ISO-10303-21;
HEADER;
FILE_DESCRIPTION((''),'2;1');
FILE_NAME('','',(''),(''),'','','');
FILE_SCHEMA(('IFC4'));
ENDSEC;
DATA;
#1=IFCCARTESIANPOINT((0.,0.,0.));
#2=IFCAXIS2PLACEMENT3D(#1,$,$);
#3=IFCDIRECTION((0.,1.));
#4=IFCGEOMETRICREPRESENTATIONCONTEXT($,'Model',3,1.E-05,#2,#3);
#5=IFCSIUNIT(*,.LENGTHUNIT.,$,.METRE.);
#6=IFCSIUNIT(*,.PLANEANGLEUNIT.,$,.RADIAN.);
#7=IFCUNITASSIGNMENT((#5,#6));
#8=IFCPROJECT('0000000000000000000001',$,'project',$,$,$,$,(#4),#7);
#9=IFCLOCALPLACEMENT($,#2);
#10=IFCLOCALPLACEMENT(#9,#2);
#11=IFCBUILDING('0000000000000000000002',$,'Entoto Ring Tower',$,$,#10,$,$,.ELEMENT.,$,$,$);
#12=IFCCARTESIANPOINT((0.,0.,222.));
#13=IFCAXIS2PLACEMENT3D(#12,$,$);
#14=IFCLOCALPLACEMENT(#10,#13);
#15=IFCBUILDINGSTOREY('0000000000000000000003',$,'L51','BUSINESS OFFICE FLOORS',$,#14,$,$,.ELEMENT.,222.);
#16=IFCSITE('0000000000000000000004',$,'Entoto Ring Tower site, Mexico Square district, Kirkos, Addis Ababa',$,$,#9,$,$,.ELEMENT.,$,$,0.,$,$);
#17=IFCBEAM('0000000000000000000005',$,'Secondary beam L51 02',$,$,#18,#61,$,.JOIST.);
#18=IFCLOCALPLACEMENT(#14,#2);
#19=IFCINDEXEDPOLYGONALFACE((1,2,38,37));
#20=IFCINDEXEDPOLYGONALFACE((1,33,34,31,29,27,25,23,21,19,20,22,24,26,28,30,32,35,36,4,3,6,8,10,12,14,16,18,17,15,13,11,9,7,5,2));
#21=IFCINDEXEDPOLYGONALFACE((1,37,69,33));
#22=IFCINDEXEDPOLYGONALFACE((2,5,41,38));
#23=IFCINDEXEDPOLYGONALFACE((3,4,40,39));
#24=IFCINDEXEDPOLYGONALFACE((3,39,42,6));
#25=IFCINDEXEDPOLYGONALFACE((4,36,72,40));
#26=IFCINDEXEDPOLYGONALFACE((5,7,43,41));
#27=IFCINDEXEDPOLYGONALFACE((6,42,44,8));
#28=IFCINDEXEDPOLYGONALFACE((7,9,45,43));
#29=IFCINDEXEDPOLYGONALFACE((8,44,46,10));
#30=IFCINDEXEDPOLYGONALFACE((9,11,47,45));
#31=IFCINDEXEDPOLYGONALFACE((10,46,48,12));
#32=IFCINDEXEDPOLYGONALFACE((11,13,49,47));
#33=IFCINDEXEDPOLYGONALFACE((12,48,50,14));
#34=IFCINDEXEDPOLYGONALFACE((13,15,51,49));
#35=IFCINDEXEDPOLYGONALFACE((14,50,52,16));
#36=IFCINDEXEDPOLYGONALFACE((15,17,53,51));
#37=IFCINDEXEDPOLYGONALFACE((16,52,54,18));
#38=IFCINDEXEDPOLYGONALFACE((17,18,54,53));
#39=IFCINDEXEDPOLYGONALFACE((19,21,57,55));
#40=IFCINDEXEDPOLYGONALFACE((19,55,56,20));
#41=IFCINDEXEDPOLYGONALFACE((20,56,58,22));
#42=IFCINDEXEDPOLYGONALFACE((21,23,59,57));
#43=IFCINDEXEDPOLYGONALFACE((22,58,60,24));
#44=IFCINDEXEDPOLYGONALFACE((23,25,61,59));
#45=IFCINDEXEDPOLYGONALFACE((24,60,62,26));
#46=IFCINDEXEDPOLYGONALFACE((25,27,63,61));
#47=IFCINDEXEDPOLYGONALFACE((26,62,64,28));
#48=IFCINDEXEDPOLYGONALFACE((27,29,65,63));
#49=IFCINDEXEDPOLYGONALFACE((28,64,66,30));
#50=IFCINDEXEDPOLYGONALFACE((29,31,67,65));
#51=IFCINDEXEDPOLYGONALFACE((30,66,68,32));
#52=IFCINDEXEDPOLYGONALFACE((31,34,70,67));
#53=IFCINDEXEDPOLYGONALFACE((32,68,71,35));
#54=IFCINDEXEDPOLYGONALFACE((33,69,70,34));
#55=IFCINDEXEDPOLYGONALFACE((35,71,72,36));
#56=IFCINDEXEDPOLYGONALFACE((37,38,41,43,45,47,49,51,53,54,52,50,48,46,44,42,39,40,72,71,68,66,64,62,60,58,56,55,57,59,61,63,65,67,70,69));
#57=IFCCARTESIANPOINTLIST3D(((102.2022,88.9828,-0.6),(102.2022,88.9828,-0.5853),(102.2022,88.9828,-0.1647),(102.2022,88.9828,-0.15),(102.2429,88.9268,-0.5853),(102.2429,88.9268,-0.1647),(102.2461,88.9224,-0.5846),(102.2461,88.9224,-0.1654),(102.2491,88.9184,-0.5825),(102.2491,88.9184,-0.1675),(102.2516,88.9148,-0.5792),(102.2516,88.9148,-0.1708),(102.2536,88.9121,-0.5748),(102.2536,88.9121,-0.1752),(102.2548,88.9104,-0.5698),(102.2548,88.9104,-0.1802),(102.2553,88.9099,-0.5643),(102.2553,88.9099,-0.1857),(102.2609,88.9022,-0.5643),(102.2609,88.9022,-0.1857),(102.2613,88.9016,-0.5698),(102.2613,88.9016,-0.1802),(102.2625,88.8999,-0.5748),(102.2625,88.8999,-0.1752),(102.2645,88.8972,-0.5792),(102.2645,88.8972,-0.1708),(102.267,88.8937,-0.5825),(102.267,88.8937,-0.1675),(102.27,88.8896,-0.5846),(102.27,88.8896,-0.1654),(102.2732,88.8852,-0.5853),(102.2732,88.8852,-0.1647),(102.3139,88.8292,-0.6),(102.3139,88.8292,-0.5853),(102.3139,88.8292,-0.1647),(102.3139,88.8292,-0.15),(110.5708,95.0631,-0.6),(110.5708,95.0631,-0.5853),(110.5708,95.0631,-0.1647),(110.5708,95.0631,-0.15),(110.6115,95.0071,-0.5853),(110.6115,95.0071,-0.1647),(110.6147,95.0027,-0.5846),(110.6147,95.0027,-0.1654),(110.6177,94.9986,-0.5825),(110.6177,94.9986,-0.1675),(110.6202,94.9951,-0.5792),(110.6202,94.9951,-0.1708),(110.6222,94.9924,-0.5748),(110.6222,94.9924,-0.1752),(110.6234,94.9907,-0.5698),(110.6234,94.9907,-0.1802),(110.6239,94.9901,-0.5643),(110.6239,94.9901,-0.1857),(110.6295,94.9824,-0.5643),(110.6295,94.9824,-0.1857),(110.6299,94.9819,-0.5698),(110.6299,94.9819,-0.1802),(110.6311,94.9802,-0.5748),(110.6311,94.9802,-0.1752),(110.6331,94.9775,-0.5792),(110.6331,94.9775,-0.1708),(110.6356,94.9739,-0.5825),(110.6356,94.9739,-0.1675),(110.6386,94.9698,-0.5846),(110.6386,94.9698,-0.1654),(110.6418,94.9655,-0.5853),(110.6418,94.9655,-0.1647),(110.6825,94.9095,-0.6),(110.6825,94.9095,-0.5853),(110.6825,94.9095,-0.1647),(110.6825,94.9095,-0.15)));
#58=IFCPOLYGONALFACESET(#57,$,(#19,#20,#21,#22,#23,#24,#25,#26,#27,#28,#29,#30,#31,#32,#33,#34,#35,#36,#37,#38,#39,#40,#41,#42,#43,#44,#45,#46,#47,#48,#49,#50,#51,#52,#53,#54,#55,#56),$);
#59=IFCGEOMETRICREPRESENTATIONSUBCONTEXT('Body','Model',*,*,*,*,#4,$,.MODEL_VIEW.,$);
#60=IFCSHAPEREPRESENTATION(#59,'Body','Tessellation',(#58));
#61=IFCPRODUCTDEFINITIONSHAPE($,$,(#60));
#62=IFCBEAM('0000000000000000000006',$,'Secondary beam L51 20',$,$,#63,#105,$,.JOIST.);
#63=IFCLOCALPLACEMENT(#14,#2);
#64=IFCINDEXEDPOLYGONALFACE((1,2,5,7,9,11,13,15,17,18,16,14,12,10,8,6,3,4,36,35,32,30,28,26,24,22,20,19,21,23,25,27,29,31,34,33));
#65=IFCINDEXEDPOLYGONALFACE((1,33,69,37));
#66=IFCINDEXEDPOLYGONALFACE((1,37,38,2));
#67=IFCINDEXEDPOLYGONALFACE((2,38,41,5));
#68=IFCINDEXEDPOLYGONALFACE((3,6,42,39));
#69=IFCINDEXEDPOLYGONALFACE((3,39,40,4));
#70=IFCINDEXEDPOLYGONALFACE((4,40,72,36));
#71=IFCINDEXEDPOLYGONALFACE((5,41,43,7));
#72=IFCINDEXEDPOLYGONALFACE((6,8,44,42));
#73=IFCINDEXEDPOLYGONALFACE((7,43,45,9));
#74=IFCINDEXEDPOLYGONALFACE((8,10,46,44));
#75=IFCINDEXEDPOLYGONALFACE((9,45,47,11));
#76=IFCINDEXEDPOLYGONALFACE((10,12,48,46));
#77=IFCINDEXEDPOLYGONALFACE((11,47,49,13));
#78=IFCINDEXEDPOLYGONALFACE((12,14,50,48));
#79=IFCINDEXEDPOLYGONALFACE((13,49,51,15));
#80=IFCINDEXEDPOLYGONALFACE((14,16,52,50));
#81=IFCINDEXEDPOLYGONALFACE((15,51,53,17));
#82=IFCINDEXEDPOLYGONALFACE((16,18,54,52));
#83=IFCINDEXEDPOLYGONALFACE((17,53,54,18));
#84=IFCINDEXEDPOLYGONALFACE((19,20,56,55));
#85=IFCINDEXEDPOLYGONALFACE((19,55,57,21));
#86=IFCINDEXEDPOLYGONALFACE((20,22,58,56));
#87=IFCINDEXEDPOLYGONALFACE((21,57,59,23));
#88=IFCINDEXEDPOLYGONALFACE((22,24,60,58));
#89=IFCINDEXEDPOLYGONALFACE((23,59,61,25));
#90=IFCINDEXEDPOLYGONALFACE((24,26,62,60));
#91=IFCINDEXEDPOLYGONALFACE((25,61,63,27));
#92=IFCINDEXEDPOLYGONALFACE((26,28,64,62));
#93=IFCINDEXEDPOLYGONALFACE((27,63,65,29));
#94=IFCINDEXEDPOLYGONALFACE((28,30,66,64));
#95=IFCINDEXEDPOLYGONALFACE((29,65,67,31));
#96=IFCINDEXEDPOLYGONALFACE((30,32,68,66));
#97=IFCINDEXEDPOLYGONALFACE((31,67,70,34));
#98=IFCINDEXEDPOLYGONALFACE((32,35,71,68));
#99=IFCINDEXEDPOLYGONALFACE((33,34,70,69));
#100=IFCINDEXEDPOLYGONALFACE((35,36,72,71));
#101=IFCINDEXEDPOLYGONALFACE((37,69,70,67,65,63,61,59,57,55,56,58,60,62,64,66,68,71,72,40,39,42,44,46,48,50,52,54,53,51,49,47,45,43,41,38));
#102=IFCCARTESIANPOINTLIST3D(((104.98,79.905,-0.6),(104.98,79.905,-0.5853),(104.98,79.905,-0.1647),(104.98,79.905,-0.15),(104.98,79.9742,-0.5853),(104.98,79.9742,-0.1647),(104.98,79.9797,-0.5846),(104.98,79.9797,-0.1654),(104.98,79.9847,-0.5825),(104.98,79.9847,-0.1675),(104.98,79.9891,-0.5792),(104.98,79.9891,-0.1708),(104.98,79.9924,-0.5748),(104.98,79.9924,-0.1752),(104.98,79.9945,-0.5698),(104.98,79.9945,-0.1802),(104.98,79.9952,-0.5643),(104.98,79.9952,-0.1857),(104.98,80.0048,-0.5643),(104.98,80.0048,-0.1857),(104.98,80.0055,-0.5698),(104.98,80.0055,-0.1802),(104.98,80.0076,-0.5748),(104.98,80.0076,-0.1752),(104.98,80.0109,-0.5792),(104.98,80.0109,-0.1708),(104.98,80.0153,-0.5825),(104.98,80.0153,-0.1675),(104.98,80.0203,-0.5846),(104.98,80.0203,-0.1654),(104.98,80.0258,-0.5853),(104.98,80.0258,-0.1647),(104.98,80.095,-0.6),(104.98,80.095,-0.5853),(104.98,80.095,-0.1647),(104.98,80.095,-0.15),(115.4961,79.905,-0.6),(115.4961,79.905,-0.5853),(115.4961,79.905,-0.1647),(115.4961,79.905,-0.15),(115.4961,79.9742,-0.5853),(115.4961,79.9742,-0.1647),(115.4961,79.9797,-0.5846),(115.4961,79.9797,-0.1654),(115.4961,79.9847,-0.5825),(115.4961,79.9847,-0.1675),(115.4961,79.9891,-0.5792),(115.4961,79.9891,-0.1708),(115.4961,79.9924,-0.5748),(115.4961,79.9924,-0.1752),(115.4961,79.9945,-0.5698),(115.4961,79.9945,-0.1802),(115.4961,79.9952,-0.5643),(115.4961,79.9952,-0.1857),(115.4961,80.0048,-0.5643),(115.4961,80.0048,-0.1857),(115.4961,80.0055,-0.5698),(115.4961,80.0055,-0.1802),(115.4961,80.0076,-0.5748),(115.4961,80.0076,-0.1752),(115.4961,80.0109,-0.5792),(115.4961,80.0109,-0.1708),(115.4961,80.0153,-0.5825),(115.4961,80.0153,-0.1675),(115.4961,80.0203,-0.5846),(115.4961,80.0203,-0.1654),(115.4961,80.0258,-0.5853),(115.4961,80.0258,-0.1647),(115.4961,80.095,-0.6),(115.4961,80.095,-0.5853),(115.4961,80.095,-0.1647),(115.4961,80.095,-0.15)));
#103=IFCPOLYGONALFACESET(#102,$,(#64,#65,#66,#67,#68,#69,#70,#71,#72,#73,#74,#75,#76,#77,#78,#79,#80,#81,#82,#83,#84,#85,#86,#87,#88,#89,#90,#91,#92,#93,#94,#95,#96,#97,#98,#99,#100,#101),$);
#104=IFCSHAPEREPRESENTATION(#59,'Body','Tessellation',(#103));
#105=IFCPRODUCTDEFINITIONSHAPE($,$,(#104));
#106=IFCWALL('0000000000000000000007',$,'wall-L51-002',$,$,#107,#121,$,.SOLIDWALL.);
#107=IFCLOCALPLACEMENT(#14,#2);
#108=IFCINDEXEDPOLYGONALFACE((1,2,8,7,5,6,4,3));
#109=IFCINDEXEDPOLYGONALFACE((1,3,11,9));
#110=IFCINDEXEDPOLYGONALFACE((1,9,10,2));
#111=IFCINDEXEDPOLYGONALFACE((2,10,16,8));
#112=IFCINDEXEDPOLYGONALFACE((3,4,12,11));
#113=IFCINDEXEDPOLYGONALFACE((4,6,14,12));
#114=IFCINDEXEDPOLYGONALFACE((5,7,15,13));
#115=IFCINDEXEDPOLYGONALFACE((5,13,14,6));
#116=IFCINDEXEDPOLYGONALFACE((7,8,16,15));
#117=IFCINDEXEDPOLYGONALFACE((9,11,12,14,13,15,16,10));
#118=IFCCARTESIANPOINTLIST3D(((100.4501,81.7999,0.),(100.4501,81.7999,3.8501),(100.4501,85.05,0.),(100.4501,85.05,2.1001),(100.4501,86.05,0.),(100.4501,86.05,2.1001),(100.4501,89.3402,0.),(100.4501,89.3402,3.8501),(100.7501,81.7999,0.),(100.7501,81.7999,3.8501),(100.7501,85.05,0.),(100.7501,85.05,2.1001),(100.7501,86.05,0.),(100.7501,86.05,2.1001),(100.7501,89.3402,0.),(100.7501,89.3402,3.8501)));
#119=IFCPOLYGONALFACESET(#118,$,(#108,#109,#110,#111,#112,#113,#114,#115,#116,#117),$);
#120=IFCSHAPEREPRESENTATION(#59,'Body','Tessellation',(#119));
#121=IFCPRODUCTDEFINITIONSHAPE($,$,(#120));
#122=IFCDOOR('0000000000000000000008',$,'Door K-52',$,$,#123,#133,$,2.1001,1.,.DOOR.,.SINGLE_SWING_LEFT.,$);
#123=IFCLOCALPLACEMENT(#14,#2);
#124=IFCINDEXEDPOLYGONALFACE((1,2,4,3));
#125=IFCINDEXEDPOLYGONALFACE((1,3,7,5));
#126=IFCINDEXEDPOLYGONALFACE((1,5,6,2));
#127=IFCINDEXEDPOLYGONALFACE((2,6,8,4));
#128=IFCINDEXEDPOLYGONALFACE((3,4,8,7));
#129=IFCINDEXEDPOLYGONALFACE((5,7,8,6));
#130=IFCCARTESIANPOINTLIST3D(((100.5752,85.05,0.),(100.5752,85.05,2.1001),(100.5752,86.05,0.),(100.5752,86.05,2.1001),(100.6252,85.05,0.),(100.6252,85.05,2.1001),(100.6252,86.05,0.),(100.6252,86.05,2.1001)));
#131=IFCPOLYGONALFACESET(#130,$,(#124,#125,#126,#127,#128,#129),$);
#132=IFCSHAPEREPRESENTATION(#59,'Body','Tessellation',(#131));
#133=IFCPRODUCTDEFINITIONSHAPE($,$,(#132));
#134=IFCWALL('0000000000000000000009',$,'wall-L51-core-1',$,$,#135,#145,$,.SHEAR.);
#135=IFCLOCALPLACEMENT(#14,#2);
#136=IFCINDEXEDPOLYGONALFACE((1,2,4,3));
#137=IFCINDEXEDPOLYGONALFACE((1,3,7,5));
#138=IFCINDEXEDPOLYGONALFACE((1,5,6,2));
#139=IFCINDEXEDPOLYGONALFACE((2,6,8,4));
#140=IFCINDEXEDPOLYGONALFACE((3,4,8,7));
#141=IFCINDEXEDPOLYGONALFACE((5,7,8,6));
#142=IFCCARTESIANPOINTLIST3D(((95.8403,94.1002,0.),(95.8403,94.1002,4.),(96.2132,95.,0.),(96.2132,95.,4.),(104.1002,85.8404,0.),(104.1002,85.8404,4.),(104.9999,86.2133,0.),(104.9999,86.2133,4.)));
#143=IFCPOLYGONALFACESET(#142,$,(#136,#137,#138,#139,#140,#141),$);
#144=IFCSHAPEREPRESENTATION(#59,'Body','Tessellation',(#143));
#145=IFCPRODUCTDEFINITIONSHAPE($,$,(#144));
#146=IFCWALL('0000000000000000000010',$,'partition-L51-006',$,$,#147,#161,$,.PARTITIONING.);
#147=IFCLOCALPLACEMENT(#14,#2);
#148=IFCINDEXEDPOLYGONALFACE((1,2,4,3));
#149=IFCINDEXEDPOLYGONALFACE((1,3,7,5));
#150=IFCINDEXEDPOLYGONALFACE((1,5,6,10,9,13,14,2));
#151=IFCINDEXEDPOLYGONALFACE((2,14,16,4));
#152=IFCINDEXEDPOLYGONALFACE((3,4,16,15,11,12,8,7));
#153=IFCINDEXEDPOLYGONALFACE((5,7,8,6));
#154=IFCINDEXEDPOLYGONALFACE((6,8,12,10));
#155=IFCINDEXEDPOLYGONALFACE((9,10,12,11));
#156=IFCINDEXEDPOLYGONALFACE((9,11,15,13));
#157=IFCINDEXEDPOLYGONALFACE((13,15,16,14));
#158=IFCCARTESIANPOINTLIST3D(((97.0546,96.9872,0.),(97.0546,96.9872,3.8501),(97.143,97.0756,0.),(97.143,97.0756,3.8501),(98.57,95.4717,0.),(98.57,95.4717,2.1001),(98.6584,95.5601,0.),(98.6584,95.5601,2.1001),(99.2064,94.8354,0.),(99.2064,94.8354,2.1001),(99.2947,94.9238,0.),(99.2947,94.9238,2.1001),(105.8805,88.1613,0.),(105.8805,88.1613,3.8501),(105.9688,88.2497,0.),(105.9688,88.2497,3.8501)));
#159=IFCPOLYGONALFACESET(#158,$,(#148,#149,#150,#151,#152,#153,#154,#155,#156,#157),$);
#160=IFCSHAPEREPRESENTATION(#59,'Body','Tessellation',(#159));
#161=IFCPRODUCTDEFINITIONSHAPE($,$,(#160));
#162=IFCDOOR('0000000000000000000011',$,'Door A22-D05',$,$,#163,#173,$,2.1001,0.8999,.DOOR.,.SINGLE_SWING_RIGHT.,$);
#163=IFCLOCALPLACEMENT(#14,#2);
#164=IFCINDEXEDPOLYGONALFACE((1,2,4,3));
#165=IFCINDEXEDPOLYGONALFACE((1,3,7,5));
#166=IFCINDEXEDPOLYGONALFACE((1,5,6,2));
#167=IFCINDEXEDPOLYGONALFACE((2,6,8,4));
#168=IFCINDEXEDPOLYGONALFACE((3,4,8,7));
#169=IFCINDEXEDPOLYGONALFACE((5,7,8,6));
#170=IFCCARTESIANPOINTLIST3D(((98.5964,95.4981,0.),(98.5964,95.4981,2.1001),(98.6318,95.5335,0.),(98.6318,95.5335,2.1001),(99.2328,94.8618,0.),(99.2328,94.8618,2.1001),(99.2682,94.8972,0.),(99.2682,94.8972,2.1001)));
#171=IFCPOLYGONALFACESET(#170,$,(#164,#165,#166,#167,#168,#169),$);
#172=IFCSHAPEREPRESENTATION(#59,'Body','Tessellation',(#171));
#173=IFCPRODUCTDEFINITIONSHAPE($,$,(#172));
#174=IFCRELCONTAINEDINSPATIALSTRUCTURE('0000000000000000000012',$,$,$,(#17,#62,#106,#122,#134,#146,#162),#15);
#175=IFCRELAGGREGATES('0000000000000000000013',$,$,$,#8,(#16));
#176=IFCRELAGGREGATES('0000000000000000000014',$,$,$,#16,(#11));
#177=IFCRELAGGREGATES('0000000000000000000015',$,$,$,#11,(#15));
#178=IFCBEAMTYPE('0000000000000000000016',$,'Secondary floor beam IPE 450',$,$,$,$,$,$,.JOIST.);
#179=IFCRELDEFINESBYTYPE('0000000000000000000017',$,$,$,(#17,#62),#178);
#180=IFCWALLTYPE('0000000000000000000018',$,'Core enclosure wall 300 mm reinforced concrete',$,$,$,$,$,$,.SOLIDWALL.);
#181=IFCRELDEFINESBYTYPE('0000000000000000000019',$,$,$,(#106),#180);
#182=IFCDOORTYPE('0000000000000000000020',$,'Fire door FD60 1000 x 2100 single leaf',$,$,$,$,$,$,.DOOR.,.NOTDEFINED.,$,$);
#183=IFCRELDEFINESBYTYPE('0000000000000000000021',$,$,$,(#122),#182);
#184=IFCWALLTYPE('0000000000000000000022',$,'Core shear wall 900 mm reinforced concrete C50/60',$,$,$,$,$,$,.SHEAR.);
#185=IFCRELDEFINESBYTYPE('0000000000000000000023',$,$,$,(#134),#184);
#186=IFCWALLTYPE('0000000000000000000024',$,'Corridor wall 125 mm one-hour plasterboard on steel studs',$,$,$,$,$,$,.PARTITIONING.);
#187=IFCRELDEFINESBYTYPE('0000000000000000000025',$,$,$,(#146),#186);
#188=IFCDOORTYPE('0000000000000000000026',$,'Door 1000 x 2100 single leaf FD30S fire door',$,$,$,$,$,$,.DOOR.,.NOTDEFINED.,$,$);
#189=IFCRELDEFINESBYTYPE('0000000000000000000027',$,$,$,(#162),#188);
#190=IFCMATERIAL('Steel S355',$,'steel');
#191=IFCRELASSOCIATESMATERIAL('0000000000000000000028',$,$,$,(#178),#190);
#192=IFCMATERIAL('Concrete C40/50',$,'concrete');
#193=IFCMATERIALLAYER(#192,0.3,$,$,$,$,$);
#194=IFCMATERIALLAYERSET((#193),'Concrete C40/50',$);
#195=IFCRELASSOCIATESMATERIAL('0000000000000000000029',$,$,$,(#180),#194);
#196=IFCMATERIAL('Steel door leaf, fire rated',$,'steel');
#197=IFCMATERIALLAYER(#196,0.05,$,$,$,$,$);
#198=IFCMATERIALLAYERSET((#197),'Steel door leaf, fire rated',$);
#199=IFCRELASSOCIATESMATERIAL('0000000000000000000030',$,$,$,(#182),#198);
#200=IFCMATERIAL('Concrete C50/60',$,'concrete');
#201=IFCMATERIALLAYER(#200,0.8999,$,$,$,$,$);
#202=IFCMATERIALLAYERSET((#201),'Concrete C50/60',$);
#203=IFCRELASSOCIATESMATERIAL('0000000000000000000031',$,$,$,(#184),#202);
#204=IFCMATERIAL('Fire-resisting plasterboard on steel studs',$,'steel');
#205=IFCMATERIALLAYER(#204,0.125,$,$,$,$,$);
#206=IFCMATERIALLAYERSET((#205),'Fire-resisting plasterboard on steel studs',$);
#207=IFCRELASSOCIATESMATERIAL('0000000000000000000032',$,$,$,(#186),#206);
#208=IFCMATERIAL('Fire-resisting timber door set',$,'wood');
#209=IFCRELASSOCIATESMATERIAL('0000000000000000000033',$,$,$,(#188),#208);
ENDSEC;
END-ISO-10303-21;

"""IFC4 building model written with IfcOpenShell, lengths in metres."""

from ifc_helpers import new_model, si_unit, direction, frame, frame_2d, origin, origin_2d, place, context, subcontext, project, spatial, polyline, rectangle, i_section, outline, extrude, material, layer, layer_set, material_profile, profile_set, type_object, element, fill, save


model = new_model("IFC4")

# Units and contexts
model_context = context("Model", 3, precision=1e-05, world=origin(), true_north=direction((0.0, 1.0)))
body_context = subcontext(model_context, "Body", "Model", "MODEL_VIEW")
ifc_project = project(units=[si_unit("LENGTHUNIT", "METRE"), si_unit("PLANEANGLEUNIT", "RADIAN")], contexts=[model_context])

# Site, building, storey
site_placement = place(None, origin())
site = spatial("IfcSite", under=ifc_project, at=site_placement, Name="Entoto Ring Tower site, Mexico Square district, Kirkos, Addis Ababa", CompositionType="ELEMENT", RefElevation=0.0)
building_placement = place(site_placement, origin())
building = spatial("IfcBuilding", under=site, at=building_placement, Name="Entoto Ring Tower", CompositionType="ELEMENT")
storey_placement = place(building_placement, frame((0.0, 0.0, 222.0)))
storey = spatial("IfcBuildingStorey", under=building, at=storey_placement, Name="L51", Description="BUSINESS OFFICE FLOORS", CompositionType="ELEMENT", Elevation=222.0)

# Beams
ifc_material_1 = material(Name="Steel S355", Category="steel")
ifc_material_profile_1 = material_profile(ifc_material_1, i_section(OverallWidth=0.1899, OverallDepth=0.45, WebThickness=0.0095, FlangeThickness=0.0146, FilletRadius=0.021, at=origin_2d()), Name="IPE 450")
ifc_profile_set_1 = profile_set([ifc_material_profile_1], Name="Steel S355")
beam_type_1 = type_object("IfcBeamType", Name="Secondary floor beam IPE 450", PredefinedType="JOIST", material=ifc_profile_set_1)
beam_1_placement = place(storey_placement, frame((102.2581, 88.906, -0.375), z_axis=(0.809011, 0.587794, 0.0), x_axis=(-0.587794, 0.809011, 0.0)))
element("IfcBeam", 1, at=beam_1_placement, inside=storey, type_object=beam_type_1, Name="Secondary beam L51 02", PredefinedType="JOIST", context=body_context, shape_type="SweptSolid", body=[
    extrude(i_section(OverallWidth=0.1899, OverallDepth=0.45, WebThickness=0.0095, FlangeThickness=0.0146, FilletRadius=0.021, at=origin_2d()), origin(), (0.0, 0.0, 1.0), 10.3442),
])
beam_2_placement = place(storey_placement, frame((104.98, 80.0, -0.375), z_axis=(1.0, 0.0, 0.0), x_axis=(0.0, 1.0, 0.0)))
element("IfcBeam", 2, at=beam_2_placement, inside=storey, type_object=beam_type_1, Name="Secondary beam L51 20", PredefinedType="JOIST", context=body_context, shape_type="SweptSolid", body=[
    extrude(i_section(OverallWidth=0.1899, OverallDepth=0.45, WebThickness=0.0095, FlangeThickness=0.0146, FilletRadius=0.021, at=origin_2d()), origin(), (0.0, 0.0, 1.0), 10.5161),
])

# Wall, opening, door
ifc_material_2 = material(Name="Concrete C40/50", Category="concrete")
ifc_layer_1 = layer(ifc_material_2, 0.3)
ifc_layer_set_1 = layer_set([ifc_layer_1], Name="Concrete C40/50")
wall_type_1 = type_object("IfcWallType", Name="Core enclosure wall 300 mm reinforced concrete", PredefinedType="SOLIDWALL", material=ifc_layer_set_1)
wall_1_placement = place(storey_placement, frame((100.6001, 81.8, 0.0), z_axis=(0.0, 0.0, 1.0), x_axis=(0.0, 1.0, 0.0)))
wall_1 = element("IfcWall", 3, at=wall_1_placement, inside=storey, type_object=wall_type_1, Name="wall-L51-002", PredefinedType="SOLIDWALL", context=body_context, shape_type="SweptSolid", body=[
    extrude(rectangle(XDim=7.5403, YDim=0.3, at=frame_2d((3.77, 0.0))), origin(), (0.0, 0.0, 1.0), 3.8501),
])
opening_1_placement = place(wall_1_placement, frame((3.25, 0.0, 0.0)))
opening_1 = element("IfcOpeningElement", 4, at=opening_1_placement, cuts=wall_1, PredefinedType="OPENING", context=body_context, shape_type="SweptSolid", body=[
    extrude(rectangle(XDim=1.0, YDim=2.1001, at=frame_2d((0.5, 1.05))), frame((0.0, 0.1602, 0.0), z_axis=(0.0, -1.0, 0.0), x_axis=(1.0, 0.0, 0.0)), (0.0, 0.0, 1.0), 0.3201),
])
ifc_material_3 = material(Name="Steel door leaf, fire rated", Category="steel")
ifc_layer_2 = layer(ifc_material_3, 0.05)
ifc_layer_set_2 = layer_set([ifc_layer_2], Name="Steel door leaf, fire rated")
door_type_1 = type_object("IfcDoorType", Name="Fire door FD60 1000 x 2100 single leaf", OperationType="NOTDEFINED", PredefinedType="DOOR", material=ifc_layer_set_2)
door_1_placement = place(opening_1_placement, origin())
door_1 = element("IfcDoor", 5, at=door_1_placement, inside=storey, type_object=door_type_1, Name="Door K-52", OperationType="SINGLE_SWING_LEFT", OverallHeight=2.1001, OverallWidth=1.0, PredefinedType="DOOR", context=body_context, shape_type="SweptSolid", body=[
    extrude(rectangle(XDim=1.0, YDim=2.1001, at=frame_2d((0.5, 1.05))), frame((0.0, 0.0249, 0.0), z_axis=(0.0, -1.0, 0.0), x_axis=(1.0, 0.0, 0.0)), (0.0, 0.0, 1.0), 0.05),
])
fill(opening_1, door_1)

# Wall
ifc_material_4 = material(Name="Concrete C50/60", Category="concrete")
ifc_layer_3 = layer(ifc_material_4, 0.8999)
ifc_layer_set_3 = layer_set([ifc_layer_3], Name="Concrete C50/60")
wall_type_2 = type_object("IfcWallType", Name="Core shear wall 900 mm reinforced concrete C50/60", PredefinedType="SHEAR", material=ifc_layer_set_3)
wall_2_placement = place(storey_placement, frame((104.55, 86.0269, 0.0), z_axis=(0.0, 0.0, 1.0), x_axis=(-0.707107, 0.707107, 0.0)))
element("IfcWall", 6, at=wall_2_placement, inside=storey, type_object=wall_type_2, Name="wall-L51-core-1", PredefinedType="SHEAR", context=body_context, shape_type="SweptSolid", body=[
    extrude(outline(polyline([(-0.1863, -0.45), (12.24, -0.45), (11.8674, 0.45), (0.1863, 0.45), (-0.1863, -0.45)])), origin(), (0.0, 0.0, 1.0), 4.0),
])

# Wall, opening, door
ifc_material_5 = material(Name="Fire-resisting plasterboard on steel studs", Category="steel")
ifc_layer_4 = layer(ifc_material_5, 0.125)
ifc_layer_set_4 = layer_set([ifc_layer_4], Name="Fire-resisting plasterboard on steel studs")
wall_type_3 = type_object("IfcWallType", Name="Corridor wall 125 mm one-hour plasterboard on steel studs", PredefinedType="PARTITIONING", material=ifc_layer_set_4)
wall_3_placement = place(storey_placement, frame((105.9246, 88.2056, 0.0), z_axis=(0.0, 0.0, 1.0), x_axis=(-0.707107, 0.707107, 0.0)))
wall_3 = element("IfcWall", 7, at=wall_3_placement, inside=storey, type_object=wall_type_3, Name="partition-L51-006", PredefinedType="PARTITIONING", context=body_context, shape_type="SweptSolid", body=[
    extrude(rectangle(XDim=12.4817, YDim=0.125, at=frame_2d((6.2407, 0.0))), origin(), (0.0, 0.0, 1.0), 3.8501),
])
opening_2_placement = place(wall_3_placement, frame((9.4385, 0.0, 0.0)))
opening_2 = element("IfcOpeningElement", 8, at=opening_2_placement, cuts=wall_3, PredefinedType="OPENING", context=body_context, shape_type="SweptSolid", body=[
    extrude(rectangle(XDim=0.8999, YDim=2.1001, at=frame_2d((0.45, 1.05))), frame((0.0, 0.0725, 0.0), z_axis=(0.0, -1.0, 0.0), x_axis=(1.0, 0.0, 0.0)), (0.0, 0.0, 1.0), 0.145),
])
ifc_material_6 = material(Name="Fire-resisting timber door set", Category="wood")
door_type_2 = type_object("IfcDoorType", Name="Door 1000 x 2100 single leaf FD30S fire door", OperationType="NOTDEFINED", PredefinedType="DOOR", material=ifc_material_6)
door_2_placement = place(opening_2_placement, frame((0.8999, 0.0, 0.0), z_axis=(0.0, 0.0, 1.0), x_axis=(-1.0, 0.0, 0.0)))
door_2 = element("IfcDoor", 9, at=door_2_placement, inside=storey, type_object=door_type_2, Name="Door A22-D05", OperationType="SINGLE_SWING_RIGHT", OverallHeight=2.1001, OverallWidth=0.8999, PredefinedType="DOOR", context=body_context, shape_type="SweptSolid", body=[
    extrude(rectangle(XDim=0.8999, YDim=2.1001, at=frame_2d((0.45, 1.05))), frame((0.0, 0.0249, 0.0), z_axis=(0.0, -1.0, 0.0), x_axis=(1.0, 0.0, 0.0)), (0.0, 0.0, 1.0), 0.05),
])
fill(opening_2, door_2)

save(model, "model.ifc")
